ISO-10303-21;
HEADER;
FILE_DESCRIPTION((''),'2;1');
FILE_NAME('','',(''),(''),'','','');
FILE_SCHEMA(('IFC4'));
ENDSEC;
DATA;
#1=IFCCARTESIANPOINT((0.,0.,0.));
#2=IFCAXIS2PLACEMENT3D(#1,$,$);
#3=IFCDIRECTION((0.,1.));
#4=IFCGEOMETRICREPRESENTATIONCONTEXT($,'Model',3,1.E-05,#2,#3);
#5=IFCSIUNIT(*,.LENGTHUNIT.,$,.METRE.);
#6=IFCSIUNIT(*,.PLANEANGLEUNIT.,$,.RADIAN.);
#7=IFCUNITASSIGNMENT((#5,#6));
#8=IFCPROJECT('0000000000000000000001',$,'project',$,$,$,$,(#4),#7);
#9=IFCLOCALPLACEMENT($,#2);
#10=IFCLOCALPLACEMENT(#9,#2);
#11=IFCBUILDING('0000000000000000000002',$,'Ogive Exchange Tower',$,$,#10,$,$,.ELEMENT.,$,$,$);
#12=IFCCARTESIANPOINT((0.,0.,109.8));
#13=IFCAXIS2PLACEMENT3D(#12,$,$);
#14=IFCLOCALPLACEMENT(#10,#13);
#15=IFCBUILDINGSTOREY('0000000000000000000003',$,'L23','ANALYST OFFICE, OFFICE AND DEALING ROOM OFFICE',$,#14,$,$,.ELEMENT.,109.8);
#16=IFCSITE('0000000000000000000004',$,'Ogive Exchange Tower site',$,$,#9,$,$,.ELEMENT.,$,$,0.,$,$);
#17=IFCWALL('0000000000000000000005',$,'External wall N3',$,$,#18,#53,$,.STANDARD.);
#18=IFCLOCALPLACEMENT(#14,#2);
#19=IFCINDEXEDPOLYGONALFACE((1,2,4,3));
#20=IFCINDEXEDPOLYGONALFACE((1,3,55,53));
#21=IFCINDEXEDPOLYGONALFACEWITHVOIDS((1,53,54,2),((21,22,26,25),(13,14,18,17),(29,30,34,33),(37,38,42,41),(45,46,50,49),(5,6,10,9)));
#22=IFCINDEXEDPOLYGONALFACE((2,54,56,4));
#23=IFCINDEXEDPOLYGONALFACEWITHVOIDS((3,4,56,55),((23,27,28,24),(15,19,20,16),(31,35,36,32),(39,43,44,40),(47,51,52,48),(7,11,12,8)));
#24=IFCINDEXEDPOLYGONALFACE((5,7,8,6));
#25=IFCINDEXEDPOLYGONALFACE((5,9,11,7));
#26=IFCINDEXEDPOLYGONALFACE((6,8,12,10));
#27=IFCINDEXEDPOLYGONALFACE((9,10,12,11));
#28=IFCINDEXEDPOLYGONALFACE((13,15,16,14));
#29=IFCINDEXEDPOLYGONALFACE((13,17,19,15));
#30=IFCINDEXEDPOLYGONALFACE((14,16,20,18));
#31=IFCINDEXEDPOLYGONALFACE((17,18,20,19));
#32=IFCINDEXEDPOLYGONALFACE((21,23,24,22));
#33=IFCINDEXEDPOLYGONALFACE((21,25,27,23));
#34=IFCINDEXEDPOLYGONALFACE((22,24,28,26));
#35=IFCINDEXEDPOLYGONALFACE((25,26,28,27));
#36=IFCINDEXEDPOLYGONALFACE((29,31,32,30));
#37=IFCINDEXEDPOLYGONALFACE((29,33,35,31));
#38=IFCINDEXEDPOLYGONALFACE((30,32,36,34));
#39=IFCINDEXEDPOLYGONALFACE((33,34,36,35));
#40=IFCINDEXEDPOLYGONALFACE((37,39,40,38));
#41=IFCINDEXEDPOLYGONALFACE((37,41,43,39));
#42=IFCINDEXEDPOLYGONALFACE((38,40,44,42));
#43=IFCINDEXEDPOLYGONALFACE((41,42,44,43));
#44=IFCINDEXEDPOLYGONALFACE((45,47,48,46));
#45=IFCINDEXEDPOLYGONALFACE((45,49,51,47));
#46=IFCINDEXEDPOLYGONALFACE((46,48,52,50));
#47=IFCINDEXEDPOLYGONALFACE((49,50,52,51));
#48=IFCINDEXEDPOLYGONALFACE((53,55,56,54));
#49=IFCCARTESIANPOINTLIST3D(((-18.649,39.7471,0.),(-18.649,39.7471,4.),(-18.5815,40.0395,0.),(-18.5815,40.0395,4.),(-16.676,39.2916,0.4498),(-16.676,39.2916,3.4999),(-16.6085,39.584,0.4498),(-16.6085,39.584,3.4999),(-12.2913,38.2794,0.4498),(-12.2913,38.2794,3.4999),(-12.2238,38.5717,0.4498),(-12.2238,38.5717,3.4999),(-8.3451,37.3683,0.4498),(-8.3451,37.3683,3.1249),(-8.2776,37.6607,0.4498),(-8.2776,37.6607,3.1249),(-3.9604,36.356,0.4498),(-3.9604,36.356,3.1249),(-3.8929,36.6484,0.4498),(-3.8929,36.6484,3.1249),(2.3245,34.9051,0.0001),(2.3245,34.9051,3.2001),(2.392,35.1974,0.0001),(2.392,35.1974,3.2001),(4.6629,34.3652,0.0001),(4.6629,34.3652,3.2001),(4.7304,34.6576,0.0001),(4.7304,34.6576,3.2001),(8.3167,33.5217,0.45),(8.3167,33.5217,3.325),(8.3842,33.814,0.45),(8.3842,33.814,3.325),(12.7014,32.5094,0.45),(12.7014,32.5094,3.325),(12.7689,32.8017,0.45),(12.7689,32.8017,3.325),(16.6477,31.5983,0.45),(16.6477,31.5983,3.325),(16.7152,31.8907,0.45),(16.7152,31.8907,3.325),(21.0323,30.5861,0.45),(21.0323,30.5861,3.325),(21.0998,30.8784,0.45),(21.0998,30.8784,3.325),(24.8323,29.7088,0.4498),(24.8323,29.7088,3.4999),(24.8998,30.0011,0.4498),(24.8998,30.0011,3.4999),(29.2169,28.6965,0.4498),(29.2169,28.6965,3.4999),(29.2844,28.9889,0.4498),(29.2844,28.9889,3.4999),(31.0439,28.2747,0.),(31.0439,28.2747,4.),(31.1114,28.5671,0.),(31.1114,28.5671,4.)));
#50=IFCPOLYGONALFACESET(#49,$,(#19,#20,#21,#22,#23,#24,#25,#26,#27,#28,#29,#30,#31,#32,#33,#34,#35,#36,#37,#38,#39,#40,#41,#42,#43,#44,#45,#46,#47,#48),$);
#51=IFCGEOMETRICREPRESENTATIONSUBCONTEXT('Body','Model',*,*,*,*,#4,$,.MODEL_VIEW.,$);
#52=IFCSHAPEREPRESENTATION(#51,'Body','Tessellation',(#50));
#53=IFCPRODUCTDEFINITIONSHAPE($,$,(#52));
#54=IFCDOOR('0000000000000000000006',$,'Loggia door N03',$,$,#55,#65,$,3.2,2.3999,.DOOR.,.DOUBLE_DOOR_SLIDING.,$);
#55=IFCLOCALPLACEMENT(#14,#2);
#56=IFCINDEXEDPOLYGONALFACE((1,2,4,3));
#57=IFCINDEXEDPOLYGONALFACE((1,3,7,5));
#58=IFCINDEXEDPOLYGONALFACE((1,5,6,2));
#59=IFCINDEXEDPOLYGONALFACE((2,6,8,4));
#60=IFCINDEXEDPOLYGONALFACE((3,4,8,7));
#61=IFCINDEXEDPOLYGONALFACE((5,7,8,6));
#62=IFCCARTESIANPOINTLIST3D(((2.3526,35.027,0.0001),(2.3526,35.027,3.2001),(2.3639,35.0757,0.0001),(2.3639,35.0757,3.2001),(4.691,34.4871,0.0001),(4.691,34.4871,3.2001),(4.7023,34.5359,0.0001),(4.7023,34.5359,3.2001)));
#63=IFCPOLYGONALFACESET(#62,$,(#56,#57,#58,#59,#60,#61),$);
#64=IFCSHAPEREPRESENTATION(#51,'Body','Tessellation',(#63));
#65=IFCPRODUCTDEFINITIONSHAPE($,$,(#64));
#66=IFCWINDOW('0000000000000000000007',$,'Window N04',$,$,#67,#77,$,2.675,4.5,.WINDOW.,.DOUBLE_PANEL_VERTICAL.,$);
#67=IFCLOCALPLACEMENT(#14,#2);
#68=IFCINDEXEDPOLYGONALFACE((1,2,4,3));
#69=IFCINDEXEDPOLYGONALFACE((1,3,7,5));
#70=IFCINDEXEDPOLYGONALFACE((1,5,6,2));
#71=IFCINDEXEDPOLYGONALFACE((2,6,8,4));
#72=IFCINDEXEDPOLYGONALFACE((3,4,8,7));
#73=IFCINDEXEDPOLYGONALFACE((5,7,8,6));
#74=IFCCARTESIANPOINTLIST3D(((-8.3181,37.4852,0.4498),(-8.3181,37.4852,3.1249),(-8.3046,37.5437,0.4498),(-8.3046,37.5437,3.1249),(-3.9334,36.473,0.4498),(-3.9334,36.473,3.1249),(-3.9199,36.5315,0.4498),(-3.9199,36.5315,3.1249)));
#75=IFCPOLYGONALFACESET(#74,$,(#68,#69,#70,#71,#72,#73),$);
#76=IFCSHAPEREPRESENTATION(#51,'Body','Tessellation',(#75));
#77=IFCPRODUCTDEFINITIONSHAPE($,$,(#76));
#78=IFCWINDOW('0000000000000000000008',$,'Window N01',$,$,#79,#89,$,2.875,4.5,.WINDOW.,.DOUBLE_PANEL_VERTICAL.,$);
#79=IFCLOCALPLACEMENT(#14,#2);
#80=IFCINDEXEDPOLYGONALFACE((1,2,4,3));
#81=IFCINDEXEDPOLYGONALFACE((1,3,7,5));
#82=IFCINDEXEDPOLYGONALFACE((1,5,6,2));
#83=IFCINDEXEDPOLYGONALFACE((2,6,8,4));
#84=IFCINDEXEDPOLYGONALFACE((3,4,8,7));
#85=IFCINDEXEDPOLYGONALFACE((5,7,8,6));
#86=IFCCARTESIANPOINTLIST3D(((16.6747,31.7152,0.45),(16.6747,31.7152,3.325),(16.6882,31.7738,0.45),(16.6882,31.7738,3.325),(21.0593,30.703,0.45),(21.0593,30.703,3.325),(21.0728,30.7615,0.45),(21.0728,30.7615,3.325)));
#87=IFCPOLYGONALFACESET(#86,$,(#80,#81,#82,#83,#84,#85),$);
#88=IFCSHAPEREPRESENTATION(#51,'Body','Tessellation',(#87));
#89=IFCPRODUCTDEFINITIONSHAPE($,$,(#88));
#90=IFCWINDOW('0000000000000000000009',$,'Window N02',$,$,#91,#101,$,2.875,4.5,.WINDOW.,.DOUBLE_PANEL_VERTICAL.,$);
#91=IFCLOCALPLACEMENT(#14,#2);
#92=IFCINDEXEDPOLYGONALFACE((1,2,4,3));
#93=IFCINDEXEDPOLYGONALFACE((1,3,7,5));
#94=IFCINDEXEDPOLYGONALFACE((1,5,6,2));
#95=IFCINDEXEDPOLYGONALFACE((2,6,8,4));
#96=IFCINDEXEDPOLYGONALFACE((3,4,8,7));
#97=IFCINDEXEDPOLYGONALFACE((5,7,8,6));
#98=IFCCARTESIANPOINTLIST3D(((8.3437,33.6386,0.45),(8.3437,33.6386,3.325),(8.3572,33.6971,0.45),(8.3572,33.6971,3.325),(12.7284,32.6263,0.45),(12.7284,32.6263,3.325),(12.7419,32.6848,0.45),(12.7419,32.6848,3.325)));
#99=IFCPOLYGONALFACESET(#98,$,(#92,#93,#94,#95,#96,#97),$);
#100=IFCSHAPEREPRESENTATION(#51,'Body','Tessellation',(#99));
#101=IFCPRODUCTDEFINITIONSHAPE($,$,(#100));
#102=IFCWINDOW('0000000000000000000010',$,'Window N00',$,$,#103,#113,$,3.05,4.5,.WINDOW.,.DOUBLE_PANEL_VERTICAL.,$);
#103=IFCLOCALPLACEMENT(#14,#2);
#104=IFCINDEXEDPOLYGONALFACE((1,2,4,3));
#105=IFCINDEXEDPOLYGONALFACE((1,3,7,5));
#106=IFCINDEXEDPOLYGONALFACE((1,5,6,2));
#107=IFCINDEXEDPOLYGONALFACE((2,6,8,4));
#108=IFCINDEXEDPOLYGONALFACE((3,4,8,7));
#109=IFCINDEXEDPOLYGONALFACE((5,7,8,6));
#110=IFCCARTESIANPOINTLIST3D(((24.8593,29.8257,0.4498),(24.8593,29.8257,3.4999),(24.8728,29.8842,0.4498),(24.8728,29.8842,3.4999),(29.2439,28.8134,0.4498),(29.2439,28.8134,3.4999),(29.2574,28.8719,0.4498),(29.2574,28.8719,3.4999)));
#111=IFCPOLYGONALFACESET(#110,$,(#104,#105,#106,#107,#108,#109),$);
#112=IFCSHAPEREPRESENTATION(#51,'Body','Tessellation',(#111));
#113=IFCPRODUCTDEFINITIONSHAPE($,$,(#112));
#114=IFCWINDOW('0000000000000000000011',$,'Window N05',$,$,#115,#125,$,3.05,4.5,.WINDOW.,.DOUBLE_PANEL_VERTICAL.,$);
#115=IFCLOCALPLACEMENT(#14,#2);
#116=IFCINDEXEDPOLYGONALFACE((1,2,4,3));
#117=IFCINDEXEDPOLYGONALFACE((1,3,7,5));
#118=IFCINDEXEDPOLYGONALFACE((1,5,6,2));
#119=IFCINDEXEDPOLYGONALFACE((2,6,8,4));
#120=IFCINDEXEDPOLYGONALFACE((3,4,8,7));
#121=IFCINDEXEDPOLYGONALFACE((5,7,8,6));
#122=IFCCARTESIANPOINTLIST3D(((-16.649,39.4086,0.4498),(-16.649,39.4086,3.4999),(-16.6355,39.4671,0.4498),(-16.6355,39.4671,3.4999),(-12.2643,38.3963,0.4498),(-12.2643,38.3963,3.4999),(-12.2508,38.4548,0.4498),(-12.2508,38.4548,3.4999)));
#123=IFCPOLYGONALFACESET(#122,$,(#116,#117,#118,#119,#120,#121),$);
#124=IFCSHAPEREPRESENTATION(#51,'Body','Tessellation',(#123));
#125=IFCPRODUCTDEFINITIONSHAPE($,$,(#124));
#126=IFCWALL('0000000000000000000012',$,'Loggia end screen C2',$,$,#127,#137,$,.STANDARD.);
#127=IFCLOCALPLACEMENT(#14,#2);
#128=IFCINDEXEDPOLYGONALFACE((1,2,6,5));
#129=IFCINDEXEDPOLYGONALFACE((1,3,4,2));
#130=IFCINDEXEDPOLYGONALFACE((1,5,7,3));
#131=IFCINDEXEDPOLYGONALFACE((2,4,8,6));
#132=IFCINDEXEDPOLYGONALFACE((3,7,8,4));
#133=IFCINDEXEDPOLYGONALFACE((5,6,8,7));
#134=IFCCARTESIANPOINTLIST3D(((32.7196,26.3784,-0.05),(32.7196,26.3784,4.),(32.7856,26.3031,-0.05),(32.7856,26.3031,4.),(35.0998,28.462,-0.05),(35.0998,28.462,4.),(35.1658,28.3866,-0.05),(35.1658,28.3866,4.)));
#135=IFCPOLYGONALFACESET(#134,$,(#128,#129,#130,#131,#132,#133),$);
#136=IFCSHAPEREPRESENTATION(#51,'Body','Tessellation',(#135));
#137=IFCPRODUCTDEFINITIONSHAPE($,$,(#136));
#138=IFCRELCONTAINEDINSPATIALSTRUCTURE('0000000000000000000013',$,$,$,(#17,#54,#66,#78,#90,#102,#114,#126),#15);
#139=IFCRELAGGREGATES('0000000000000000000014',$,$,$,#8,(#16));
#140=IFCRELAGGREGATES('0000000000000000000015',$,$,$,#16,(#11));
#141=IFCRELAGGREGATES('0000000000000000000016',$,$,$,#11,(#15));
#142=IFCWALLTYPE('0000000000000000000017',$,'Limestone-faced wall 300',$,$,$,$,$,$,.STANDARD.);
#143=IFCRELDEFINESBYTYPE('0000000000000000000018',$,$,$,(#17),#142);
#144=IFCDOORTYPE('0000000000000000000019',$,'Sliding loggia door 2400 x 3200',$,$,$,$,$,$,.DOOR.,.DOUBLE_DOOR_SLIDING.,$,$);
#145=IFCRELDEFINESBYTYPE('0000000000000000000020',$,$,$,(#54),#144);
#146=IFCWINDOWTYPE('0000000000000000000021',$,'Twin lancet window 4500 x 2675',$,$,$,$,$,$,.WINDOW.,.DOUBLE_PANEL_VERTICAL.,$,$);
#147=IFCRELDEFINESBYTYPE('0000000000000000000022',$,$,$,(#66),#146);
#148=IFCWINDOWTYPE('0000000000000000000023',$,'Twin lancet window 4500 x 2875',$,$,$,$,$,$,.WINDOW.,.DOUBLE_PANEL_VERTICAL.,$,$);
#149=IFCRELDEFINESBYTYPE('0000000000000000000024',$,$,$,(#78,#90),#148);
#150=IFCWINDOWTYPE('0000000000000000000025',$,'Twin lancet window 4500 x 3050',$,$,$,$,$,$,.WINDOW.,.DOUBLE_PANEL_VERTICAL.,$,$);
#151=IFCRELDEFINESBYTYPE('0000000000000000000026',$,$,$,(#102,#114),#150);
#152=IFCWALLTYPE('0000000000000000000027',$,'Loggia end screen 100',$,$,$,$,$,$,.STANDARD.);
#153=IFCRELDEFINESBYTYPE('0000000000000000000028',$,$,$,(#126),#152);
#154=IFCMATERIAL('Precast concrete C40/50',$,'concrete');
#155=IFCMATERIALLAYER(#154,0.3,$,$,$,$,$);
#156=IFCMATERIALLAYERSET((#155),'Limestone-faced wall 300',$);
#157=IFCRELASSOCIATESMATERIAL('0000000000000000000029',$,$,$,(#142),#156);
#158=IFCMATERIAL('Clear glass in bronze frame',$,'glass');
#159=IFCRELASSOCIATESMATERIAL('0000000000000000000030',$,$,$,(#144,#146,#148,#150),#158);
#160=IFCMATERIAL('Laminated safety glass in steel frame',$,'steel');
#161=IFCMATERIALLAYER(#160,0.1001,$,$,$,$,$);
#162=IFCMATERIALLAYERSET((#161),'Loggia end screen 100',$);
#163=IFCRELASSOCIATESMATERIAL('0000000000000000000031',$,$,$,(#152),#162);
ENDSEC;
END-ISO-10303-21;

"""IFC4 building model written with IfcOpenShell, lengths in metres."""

from ifc_helpers import new_model, si_unit, direction, frame, frame_2d, origin, place, context, subcontext, project, spatial, rectangle, extrude, material, layer, layer_set, type_object, element, fill, save


model = new_model("IFC4")

# Units and contexts
model_context = context("Model", 3, precision=1e-05, world=origin(), true_north=direction((0.0, 1.0)))
body_context = subcontext(model_context, "Body", "Model", "MODEL_VIEW")
ifc_project = project(units=[si_unit("LENGTHUNIT", "METRE"), si_unit("PLANEANGLEUNIT", "RADIAN")], contexts=[model_context])

# Site, building, storey
site_placement = place(None, origin())
site = spatial("IfcSite", under=ifc_project, at=site_placement, Name="Ogive Exchange Tower site", CompositionType="ELEMENT", RefElevation=0.0)
building_placement = place(site_placement, origin())
building = spatial("IfcBuilding", under=site, at=building_placement, Name="Ogive Exchange Tower", CompositionType="ELEMENT")
storey_placement = place(building_placement, frame((0.0, 0.0, 109.8)))
storey = spatial("IfcBuildingStorey", under=building, at=storey_placement, Name="L23", Description="ANALYST OFFICE, OFFICE AND DEALING ROOM OFFICE", CompositionType="ELEMENT", Elevation=109.8)

# Wall, openings, door, windows
ifc_material_1 = material(Name="Precast concrete C40/50", Category="concrete")
ifc_layer_1 = layer(ifc_material_1, 0.3)
ifc_layer_set_1 = layer_set([ifc_layer_1], Name="Limestone-faced wall 300")
wall_type_1 = type_object("IfcWallType", Name="Limestone-faced wall 300", PredefinedType="STANDARD", material=ifc_layer_set_1)
wall_1_placement = place(storey_placement, frame((31.0776, 28.4209, 0.0), z_axis=(0.0, 0.0, 1.0), x_axis=(-0.97437, 0.224949, 0.0)))
wall_1 = element("IfcWall", 1, at=wall_1_placement, inside=storey, type_object=wall_type_1, Name="External wall N3", PredefinedType="STANDARD", context=body_context, shape_type="SweptSolid", body=[
    extrude(rectangle(XDim=51.0, YDim=0.3, at=frame_2d((25.5, 0.0))), origin(), (0.0, 0.0, 1.0), 4.0),
])
opening_1_placement = place(wall_1_placement, frame((1.875, 0.0, 0.45)))
opening_1 = element("IfcOpeningElement", 2, at=opening_1_placement, cuts=wall_1, PredefinedType="OPENING", context=body_context, shape_type="SweptSolid", body=[
    extrude(rectangle(XDim=4.5, YDim=3.05, at=frame_2d((2.25, 1.5249))), frame((0.0, 0.1599, 0.0), z_axis=(0.0, -1.0, 0.0), x_axis=(1.0, 0.0, 0.0)), (0.0, 0.0, 1.0), 0.3201),
])
opening_2_placement = place(wall_1_placement, frame((10.2749, 0.0, 0.45)))
opening_2 = element("IfcOpeningElement", 3, at=opening_2_placement, cuts=wall_1, PredefinedType="OPENING", context=body_context, shape_type="SweptSolid", body=[
    extrude(rectangle(XDim=4.5, YDim=2.875, at=frame_2d((2.25, 1.4375))), frame((0.0, 0.1599, 0.0), z_axis=(0.0, -1.0, 0.0), x_axis=(1.0, 0.0, 0.0)), (0.0, 0.0, 1.0), 0.3201),
])
opening_3_placement = place(wall_1_placement, frame((18.825, 0.0, 0.45)))
opening_3 = element("IfcOpeningElement", 4, at=opening_3_placement, cuts=wall_1, PredefinedType="OPENING", context=body_context, shape_type="SweptSolid", body=[
    extrude(rectangle(XDim=4.5, YDim=2.875, at=frame_2d((2.25, 1.4375))), frame((0.0, 0.1599, 0.0), z_axis=(0.0, -1.0, 0.0), x_axis=(1.0, 0.0, 0.0)), (0.0, 0.0, 1.0), 0.3201),
])
opening_4_placement = place(wall_1_placement, frame((27.075, 0.0, 0.0)))
opening_4 = element("IfcOpeningElement", 5, at=opening_4_placement, cuts=wall_1, PredefinedType="OPENING", context=body_context, shape_type="SweptSolid", body=[
    extrude(rectangle(XDim=2.3999, YDim=3.2, at=frame_2d((1.2, 1.6001))), frame((0.0, 0.1599, 0.0), z_axis=(0.0, -1.0, 0.0), x_axis=(1.0, 0.0, 0.0)), (0.0, 0.0, 1.0), 0.3201),
])
opening_5_placement = place(wall_1_placement, frame((35.925, 0.0, 0.45)))
opening_5 = element("IfcOpeningElement", 6, at=opening_5_placement, cuts=wall_1, PredefinedType="OPENING", context=body_context, shape_type="SweptSolid", body=[
    extrude(rectangle(XDim=4.5, YDim=2.675, at=frame_2d((2.25, 1.3374))), frame((0.0, 0.1599, 0.0), z_axis=(0.0, -1.0, 0.0), x_axis=(1.0, 0.0, 0.0)), (0.0, 0.0, 1.0), 0.3201),
])
opening_6_placement = place(wall_1_placement, frame((44.4751, 0.0, 0.45)))
opening_6 = element("IfcOpeningElement", 7, at=opening_6_placement, cuts=wall_1, PredefinedType="OPENING", context=body_context, shape_type="SweptSolid", body=[
    extrude(rectangle(XDim=4.5, YDim=3.05, at=frame_2d((2.25, 1.5249))), frame((0.0, 0.1599, 0.0), z_axis=(0.0, -1.0, 0.0), x_axis=(1.0, 0.0, 0.0)), (0.0, 0.0, 1.0), 0.3201),
])
ifc_material_2 = material(Name="Clear glass in bronze frame", Category="glass")
door_type_1 = type_object("IfcDoorType", Name="Sliding loggia door 2400 x 3200", OperationType="DOUBLE_DOOR_SLIDING", PredefinedType="DOOR", material=ifc_material_2)
door_1_placement = place(opening_4_placement, origin())
door_1 = element("IfcDoor", 8, at=door_1_placement, inside=storey, type_object=door_type_1, Name="Loggia door N03", OperationType="DOUBLE_DOOR_SLIDING", OverallHeight=3.2, OverallWidth=2.3999, PredefinedType="DOOR", context=body_context, shape_type="SweptSolid", body=[
    extrude(rectangle(XDim=2.3999, YDim=3.2, at=frame_2d((1.2, 1.6001))), frame((0.0, 0.0249, 0.0), z_axis=(0.0, -1.0, 0.0), x_axis=(1.0, 0.0, 0.0)), (0.0, 0.0, 1.0), 0.05),
])
fill(opening_4, door_1)
window_type_1 = type_object("IfcWindowType", Name="Twin lancet window 4500 x 2675", PartitioningType="DOUBLE_PANEL_VERTICAL", PredefinedType="WINDOW", material=ifc_material_2)
window_1_placement = place(opening_5_placement, origin())
window_1 = element("IfcWindow", 9, at=window_1_placement, inside=storey, type_object=window_type_1, Name="Window N04", OverallHeight=2.675, OverallWidth=4.5, PartitioningType="DOUBLE_PANEL_VERTICAL", PredefinedType="WINDOW", context=body_context, shape_type="SweptSolid", body=[
    extrude(rectangle(XDim=4.5, YDim=2.675, at=frame_2d((2.25, 1.3374))), frame((0.0, 0.03, 0.0), z_axis=(0.0, -1.0, 0.0), x_axis=(1.0, 0.0, 0.0)), (0.0, 0.0, 1.0), 0.0601),
])
fill(opening_5, window_1)
window_type_2 = type_object("IfcWindowType", Name="Twin lancet window 4500 x 2875", PartitioningType="DOUBLE_PANEL_VERTICAL", PredefinedType="WINDOW", material=ifc_material_2)
window_2_placement = place(opening_2_placement, origin())
window_2 = element("IfcWindow", 10, at=window_2_placement, inside=storey, type_object=window_type_2, Name="Window N01", OverallHeight=2.875, OverallWidth=4.5, PartitioningType="DOUBLE_PANEL_VERTICAL", PredefinedType="WINDOW", context=body_context, shape_type="SweptSolid", body=[
    extrude(rectangle(XDim=4.5, YDim=2.875, at=frame_2d((2.25, 1.4375))), frame((0.0, 0.03, 0.0), z_axis=(0.0, -1.0, 0.0), x_axis=(1.0, 0.0, 0.0)), (0.0, 0.0, 1.0), 0.0601),
])
fill(opening_2, window_2)
window_3_placement = place(opening_3_placement, origin())
window_3 = element("IfcWindow", 11, at=window_3_placement, inside=storey, type_object=window_type_2, Name="Window N02", OverallHeight=2.875, OverallWidth=4.5, PartitioningType="DOUBLE_PANEL_VERTICAL", PredefinedType="WINDOW", context=body_context, shape_type="SweptSolid", body=[
    extrude(rectangle(XDim=4.5, YDim=2.875, at=frame_2d((2.25, 1.4375))), frame((0.0, 0.03, 0.0), z_axis=(0.0, -1.0, 0.0), x_axis=(1.0, 0.0, 0.0)), (0.0, 0.0, 1.0), 0.0601),
])
fill(opening_3, window_3)
window_type_3 = type_object("IfcWindowType", Name="Twin lancet window 4500 x 3050", PartitioningType="DOUBLE_PANEL_VERTICAL", PredefinedType="WINDOW", material=ifc_material_2)
window_4_placement = place(opening_1_placement, origin())
window_4 = element("IfcWindow", 12, at=window_4_placement, inside=storey, type_object=window_type_3, Name="Window N00", OverallHeight=3.05, OverallWidth=4.5, PartitioningType="DOUBLE_PANEL_VERTICAL", PredefinedType="WINDOW", context=body_context, shape_type="SweptSolid", body=[
    extrude(rectangle(XDim=4.5, YDim=3.05, at=frame_2d((2.25, 1.5249))), frame((0.0, 0.03, 0.0), z_axis=(0.0, -1.0, 0.0), x_axis=(1.0, 0.0, 0.0)), (0.0, 0.0, 1.0), 0.0601),
])
fill(opening_1, window_4)
window_5_placement = place(opening_6_placement, origin())
window_5 = element("IfcWindow", 13, at=window_5_placement, inside=storey, type_object=window_type_3, Name="Window N05", OverallHeight=3.05, OverallWidth=4.5, PartitioningType="DOUBLE_PANEL_VERTICAL", PredefinedType="WINDOW", context=body_context, shape_type="SweptSolid", body=[
    extrude(rectangle(XDim=4.5, YDim=3.05, at=frame_2d((2.25, 1.5249))), frame((0.0, 0.03, 0.0), z_axis=(0.0, -1.0, 0.0), x_axis=(1.0, 0.0, 0.0)), (0.0, 0.0, 1.0), 0.0601),
])
fill(opening_6, window_5)

# Wall
ifc_material_3 = material(Name="Laminated safety glass in steel frame", Category="steel")
ifc_layer_2 = layer(ifc_material_3, 0.1001)
ifc_layer_set_2 = layer_set([ifc_layer_2], Name="Loggia end screen 100")
wall_type_2 = type_object("IfcWallType", Name="Loggia end screen 100", PredefinedType="STANDARD", material=ifc_layer_set_2)
wall_2_placement = place(storey_placement, frame((32.7527, 26.3408, -0.05), z_axis=(0.0, 0.0, 1.0), x_axis=(0.752438, 0.658663, 0.0)))
element("IfcWall", 14, at=wall_2_placement, inside=storey, type_object=wall_type_2, Name="Loggia end screen C2", PredefinedType="STANDARD", context=body_context, shape_type="SweptSolid", body=[
    extrude(rectangle(XDim=3.1633, YDim=0.1001, at=frame_2d((1.5815, 0.0))), origin(), (0.0, 0.0, 1.0), 4.05),
])

save(model, "model.ifc")
